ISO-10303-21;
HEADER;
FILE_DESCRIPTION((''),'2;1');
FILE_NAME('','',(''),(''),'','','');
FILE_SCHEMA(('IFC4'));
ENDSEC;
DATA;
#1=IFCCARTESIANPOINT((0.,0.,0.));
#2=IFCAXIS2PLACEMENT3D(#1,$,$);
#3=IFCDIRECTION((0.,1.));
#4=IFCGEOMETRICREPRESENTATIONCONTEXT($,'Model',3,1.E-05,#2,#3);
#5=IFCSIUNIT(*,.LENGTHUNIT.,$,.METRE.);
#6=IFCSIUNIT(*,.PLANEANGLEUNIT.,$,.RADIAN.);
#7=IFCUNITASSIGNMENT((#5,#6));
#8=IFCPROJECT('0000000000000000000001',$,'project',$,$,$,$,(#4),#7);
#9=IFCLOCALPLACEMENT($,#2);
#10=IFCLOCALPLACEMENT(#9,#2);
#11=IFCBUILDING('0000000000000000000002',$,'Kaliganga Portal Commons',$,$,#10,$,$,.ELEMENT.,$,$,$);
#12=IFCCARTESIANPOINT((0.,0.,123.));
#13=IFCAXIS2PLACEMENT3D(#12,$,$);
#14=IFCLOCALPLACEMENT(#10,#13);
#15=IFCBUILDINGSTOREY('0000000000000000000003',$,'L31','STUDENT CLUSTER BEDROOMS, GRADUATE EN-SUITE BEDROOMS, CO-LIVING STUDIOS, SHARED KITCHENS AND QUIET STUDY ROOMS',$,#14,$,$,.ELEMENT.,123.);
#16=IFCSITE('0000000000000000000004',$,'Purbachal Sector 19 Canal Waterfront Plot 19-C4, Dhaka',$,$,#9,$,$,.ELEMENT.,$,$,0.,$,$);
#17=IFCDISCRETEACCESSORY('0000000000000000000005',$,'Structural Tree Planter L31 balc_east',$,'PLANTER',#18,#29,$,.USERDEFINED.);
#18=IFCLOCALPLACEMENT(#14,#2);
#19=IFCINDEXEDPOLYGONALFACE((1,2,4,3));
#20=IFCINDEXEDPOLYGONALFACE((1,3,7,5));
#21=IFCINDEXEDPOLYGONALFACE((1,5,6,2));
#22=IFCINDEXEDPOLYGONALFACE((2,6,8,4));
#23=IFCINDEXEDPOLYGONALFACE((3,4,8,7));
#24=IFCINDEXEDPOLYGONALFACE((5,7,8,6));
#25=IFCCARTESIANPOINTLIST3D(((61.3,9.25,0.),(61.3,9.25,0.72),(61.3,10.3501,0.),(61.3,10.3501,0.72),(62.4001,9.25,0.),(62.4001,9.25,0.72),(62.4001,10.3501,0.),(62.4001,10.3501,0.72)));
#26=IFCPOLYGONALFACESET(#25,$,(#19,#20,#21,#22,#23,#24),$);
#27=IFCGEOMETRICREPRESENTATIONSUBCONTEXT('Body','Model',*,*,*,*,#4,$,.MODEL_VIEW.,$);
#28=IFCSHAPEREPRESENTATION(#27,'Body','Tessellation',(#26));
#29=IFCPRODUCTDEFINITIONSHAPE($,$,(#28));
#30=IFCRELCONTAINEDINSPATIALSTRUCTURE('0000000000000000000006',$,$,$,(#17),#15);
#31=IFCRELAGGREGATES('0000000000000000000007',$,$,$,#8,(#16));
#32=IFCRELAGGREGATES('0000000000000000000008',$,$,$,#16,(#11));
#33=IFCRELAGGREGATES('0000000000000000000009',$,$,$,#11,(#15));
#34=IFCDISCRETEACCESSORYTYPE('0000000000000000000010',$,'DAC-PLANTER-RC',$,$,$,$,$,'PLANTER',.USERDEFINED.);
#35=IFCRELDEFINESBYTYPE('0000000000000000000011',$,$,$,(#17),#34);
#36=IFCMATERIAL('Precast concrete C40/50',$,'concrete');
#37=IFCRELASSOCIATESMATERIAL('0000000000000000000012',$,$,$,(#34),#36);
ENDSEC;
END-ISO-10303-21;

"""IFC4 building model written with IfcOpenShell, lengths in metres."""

from ifc_helpers import new_model, si_unit, direction, frame, origin, origin_2d, place, context, subcontext, project, spatial, rectangle, extrude, source, transform, mapped, material, type_object, element, save


model = new_model("IFC4")

# Units and contexts
model_context = context("Model", 3, precision=1e-05, world=origin(), true_north=direction((0.0, 1.0)))
body_context = subcontext(model_context, "Body", "Model", "MODEL_VIEW")
ifc_project = project(units=[si_unit("LENGTHUNIT", "METRE"), si_unit("PLANEANGLEUNIT", "RADIAN")], contexts=[model_context])

# Site, building, storey
site_placement = place(None, origin())
site = spatial("IfcSite", under=ifc_project, at=site_placement, Name="Purbachal Sector 19 Canal Waterfront Plot 19-C4, Dhaka", CompositionType="ELEMENT", RefElevation=0.0)
building_placement = place(site_placement, origin())
building = spatial("IfcBuilding", under=site, at=building_placement, Name="Kaliganga Portal Commons", CompositionType="ELEMENT")
storey_placement = place(building_placement, frame((0.0, 0.0, 123.0)))
storey = spatial("IfcBuildingStorey", under=building, at=storey_placement, Name="L31", Description="STUDENT CLUSTER BEDROOMS, GRADUATE EN-SUITE BEDROOMS, CO-LIVING STUDIOS, SHARED KITCHENS AND QUIET STUDY ROOMS", CompositionType="ELEMENT", Elevation=123.0)

# Discrete accessory
ifc_material_1 = material(Name="Precast concrete C40/50", Category="concrete")
discrete_accessory_type = type_object("IfcDiscreteAccessoryType", Name="DAC-PLANTER-RC", ElementType="PLANTER", PredefinedType="USERDEFINED", material=ifc_material_1)
shared_shape_1 = source(origin(), body_context, "Body", "SweptSolid", [
    extrude(rectangle(XDim=1.1001, YDim=1.1001, at=origin_2d()), origin(), (0.0, 0.0, 1.0), 0.72),
])
discrete_accessory_placement = place(storey_placement, frame((61.8501, 9.8, 0.0), z_axis=(0.0, 0.0, 1.0), x_axis=(1.0, 0.0, 0.0)))
element("IfcDiscreteAccessory", 1, at=discrete_accessory_placement, inside=storey, type_object=discrete_accessory_type, Name="Structural Tree Planter L31 balc_east", ObjectType="PLANTER", PredefinedType="USERDEFINED", context=body_context, shape_type="MappedRepresentation", body=[
    mapped(shared_shape_1, transform((0.0, 0.0, 0.0), x_axis=(1.0, 0.0, 0.0), y_axis=(0.0, 1.0, 0.0), z_axis=(0.0, 0.0, 1.0), scale=1.0)),
])

save(model, "model.ifc")
